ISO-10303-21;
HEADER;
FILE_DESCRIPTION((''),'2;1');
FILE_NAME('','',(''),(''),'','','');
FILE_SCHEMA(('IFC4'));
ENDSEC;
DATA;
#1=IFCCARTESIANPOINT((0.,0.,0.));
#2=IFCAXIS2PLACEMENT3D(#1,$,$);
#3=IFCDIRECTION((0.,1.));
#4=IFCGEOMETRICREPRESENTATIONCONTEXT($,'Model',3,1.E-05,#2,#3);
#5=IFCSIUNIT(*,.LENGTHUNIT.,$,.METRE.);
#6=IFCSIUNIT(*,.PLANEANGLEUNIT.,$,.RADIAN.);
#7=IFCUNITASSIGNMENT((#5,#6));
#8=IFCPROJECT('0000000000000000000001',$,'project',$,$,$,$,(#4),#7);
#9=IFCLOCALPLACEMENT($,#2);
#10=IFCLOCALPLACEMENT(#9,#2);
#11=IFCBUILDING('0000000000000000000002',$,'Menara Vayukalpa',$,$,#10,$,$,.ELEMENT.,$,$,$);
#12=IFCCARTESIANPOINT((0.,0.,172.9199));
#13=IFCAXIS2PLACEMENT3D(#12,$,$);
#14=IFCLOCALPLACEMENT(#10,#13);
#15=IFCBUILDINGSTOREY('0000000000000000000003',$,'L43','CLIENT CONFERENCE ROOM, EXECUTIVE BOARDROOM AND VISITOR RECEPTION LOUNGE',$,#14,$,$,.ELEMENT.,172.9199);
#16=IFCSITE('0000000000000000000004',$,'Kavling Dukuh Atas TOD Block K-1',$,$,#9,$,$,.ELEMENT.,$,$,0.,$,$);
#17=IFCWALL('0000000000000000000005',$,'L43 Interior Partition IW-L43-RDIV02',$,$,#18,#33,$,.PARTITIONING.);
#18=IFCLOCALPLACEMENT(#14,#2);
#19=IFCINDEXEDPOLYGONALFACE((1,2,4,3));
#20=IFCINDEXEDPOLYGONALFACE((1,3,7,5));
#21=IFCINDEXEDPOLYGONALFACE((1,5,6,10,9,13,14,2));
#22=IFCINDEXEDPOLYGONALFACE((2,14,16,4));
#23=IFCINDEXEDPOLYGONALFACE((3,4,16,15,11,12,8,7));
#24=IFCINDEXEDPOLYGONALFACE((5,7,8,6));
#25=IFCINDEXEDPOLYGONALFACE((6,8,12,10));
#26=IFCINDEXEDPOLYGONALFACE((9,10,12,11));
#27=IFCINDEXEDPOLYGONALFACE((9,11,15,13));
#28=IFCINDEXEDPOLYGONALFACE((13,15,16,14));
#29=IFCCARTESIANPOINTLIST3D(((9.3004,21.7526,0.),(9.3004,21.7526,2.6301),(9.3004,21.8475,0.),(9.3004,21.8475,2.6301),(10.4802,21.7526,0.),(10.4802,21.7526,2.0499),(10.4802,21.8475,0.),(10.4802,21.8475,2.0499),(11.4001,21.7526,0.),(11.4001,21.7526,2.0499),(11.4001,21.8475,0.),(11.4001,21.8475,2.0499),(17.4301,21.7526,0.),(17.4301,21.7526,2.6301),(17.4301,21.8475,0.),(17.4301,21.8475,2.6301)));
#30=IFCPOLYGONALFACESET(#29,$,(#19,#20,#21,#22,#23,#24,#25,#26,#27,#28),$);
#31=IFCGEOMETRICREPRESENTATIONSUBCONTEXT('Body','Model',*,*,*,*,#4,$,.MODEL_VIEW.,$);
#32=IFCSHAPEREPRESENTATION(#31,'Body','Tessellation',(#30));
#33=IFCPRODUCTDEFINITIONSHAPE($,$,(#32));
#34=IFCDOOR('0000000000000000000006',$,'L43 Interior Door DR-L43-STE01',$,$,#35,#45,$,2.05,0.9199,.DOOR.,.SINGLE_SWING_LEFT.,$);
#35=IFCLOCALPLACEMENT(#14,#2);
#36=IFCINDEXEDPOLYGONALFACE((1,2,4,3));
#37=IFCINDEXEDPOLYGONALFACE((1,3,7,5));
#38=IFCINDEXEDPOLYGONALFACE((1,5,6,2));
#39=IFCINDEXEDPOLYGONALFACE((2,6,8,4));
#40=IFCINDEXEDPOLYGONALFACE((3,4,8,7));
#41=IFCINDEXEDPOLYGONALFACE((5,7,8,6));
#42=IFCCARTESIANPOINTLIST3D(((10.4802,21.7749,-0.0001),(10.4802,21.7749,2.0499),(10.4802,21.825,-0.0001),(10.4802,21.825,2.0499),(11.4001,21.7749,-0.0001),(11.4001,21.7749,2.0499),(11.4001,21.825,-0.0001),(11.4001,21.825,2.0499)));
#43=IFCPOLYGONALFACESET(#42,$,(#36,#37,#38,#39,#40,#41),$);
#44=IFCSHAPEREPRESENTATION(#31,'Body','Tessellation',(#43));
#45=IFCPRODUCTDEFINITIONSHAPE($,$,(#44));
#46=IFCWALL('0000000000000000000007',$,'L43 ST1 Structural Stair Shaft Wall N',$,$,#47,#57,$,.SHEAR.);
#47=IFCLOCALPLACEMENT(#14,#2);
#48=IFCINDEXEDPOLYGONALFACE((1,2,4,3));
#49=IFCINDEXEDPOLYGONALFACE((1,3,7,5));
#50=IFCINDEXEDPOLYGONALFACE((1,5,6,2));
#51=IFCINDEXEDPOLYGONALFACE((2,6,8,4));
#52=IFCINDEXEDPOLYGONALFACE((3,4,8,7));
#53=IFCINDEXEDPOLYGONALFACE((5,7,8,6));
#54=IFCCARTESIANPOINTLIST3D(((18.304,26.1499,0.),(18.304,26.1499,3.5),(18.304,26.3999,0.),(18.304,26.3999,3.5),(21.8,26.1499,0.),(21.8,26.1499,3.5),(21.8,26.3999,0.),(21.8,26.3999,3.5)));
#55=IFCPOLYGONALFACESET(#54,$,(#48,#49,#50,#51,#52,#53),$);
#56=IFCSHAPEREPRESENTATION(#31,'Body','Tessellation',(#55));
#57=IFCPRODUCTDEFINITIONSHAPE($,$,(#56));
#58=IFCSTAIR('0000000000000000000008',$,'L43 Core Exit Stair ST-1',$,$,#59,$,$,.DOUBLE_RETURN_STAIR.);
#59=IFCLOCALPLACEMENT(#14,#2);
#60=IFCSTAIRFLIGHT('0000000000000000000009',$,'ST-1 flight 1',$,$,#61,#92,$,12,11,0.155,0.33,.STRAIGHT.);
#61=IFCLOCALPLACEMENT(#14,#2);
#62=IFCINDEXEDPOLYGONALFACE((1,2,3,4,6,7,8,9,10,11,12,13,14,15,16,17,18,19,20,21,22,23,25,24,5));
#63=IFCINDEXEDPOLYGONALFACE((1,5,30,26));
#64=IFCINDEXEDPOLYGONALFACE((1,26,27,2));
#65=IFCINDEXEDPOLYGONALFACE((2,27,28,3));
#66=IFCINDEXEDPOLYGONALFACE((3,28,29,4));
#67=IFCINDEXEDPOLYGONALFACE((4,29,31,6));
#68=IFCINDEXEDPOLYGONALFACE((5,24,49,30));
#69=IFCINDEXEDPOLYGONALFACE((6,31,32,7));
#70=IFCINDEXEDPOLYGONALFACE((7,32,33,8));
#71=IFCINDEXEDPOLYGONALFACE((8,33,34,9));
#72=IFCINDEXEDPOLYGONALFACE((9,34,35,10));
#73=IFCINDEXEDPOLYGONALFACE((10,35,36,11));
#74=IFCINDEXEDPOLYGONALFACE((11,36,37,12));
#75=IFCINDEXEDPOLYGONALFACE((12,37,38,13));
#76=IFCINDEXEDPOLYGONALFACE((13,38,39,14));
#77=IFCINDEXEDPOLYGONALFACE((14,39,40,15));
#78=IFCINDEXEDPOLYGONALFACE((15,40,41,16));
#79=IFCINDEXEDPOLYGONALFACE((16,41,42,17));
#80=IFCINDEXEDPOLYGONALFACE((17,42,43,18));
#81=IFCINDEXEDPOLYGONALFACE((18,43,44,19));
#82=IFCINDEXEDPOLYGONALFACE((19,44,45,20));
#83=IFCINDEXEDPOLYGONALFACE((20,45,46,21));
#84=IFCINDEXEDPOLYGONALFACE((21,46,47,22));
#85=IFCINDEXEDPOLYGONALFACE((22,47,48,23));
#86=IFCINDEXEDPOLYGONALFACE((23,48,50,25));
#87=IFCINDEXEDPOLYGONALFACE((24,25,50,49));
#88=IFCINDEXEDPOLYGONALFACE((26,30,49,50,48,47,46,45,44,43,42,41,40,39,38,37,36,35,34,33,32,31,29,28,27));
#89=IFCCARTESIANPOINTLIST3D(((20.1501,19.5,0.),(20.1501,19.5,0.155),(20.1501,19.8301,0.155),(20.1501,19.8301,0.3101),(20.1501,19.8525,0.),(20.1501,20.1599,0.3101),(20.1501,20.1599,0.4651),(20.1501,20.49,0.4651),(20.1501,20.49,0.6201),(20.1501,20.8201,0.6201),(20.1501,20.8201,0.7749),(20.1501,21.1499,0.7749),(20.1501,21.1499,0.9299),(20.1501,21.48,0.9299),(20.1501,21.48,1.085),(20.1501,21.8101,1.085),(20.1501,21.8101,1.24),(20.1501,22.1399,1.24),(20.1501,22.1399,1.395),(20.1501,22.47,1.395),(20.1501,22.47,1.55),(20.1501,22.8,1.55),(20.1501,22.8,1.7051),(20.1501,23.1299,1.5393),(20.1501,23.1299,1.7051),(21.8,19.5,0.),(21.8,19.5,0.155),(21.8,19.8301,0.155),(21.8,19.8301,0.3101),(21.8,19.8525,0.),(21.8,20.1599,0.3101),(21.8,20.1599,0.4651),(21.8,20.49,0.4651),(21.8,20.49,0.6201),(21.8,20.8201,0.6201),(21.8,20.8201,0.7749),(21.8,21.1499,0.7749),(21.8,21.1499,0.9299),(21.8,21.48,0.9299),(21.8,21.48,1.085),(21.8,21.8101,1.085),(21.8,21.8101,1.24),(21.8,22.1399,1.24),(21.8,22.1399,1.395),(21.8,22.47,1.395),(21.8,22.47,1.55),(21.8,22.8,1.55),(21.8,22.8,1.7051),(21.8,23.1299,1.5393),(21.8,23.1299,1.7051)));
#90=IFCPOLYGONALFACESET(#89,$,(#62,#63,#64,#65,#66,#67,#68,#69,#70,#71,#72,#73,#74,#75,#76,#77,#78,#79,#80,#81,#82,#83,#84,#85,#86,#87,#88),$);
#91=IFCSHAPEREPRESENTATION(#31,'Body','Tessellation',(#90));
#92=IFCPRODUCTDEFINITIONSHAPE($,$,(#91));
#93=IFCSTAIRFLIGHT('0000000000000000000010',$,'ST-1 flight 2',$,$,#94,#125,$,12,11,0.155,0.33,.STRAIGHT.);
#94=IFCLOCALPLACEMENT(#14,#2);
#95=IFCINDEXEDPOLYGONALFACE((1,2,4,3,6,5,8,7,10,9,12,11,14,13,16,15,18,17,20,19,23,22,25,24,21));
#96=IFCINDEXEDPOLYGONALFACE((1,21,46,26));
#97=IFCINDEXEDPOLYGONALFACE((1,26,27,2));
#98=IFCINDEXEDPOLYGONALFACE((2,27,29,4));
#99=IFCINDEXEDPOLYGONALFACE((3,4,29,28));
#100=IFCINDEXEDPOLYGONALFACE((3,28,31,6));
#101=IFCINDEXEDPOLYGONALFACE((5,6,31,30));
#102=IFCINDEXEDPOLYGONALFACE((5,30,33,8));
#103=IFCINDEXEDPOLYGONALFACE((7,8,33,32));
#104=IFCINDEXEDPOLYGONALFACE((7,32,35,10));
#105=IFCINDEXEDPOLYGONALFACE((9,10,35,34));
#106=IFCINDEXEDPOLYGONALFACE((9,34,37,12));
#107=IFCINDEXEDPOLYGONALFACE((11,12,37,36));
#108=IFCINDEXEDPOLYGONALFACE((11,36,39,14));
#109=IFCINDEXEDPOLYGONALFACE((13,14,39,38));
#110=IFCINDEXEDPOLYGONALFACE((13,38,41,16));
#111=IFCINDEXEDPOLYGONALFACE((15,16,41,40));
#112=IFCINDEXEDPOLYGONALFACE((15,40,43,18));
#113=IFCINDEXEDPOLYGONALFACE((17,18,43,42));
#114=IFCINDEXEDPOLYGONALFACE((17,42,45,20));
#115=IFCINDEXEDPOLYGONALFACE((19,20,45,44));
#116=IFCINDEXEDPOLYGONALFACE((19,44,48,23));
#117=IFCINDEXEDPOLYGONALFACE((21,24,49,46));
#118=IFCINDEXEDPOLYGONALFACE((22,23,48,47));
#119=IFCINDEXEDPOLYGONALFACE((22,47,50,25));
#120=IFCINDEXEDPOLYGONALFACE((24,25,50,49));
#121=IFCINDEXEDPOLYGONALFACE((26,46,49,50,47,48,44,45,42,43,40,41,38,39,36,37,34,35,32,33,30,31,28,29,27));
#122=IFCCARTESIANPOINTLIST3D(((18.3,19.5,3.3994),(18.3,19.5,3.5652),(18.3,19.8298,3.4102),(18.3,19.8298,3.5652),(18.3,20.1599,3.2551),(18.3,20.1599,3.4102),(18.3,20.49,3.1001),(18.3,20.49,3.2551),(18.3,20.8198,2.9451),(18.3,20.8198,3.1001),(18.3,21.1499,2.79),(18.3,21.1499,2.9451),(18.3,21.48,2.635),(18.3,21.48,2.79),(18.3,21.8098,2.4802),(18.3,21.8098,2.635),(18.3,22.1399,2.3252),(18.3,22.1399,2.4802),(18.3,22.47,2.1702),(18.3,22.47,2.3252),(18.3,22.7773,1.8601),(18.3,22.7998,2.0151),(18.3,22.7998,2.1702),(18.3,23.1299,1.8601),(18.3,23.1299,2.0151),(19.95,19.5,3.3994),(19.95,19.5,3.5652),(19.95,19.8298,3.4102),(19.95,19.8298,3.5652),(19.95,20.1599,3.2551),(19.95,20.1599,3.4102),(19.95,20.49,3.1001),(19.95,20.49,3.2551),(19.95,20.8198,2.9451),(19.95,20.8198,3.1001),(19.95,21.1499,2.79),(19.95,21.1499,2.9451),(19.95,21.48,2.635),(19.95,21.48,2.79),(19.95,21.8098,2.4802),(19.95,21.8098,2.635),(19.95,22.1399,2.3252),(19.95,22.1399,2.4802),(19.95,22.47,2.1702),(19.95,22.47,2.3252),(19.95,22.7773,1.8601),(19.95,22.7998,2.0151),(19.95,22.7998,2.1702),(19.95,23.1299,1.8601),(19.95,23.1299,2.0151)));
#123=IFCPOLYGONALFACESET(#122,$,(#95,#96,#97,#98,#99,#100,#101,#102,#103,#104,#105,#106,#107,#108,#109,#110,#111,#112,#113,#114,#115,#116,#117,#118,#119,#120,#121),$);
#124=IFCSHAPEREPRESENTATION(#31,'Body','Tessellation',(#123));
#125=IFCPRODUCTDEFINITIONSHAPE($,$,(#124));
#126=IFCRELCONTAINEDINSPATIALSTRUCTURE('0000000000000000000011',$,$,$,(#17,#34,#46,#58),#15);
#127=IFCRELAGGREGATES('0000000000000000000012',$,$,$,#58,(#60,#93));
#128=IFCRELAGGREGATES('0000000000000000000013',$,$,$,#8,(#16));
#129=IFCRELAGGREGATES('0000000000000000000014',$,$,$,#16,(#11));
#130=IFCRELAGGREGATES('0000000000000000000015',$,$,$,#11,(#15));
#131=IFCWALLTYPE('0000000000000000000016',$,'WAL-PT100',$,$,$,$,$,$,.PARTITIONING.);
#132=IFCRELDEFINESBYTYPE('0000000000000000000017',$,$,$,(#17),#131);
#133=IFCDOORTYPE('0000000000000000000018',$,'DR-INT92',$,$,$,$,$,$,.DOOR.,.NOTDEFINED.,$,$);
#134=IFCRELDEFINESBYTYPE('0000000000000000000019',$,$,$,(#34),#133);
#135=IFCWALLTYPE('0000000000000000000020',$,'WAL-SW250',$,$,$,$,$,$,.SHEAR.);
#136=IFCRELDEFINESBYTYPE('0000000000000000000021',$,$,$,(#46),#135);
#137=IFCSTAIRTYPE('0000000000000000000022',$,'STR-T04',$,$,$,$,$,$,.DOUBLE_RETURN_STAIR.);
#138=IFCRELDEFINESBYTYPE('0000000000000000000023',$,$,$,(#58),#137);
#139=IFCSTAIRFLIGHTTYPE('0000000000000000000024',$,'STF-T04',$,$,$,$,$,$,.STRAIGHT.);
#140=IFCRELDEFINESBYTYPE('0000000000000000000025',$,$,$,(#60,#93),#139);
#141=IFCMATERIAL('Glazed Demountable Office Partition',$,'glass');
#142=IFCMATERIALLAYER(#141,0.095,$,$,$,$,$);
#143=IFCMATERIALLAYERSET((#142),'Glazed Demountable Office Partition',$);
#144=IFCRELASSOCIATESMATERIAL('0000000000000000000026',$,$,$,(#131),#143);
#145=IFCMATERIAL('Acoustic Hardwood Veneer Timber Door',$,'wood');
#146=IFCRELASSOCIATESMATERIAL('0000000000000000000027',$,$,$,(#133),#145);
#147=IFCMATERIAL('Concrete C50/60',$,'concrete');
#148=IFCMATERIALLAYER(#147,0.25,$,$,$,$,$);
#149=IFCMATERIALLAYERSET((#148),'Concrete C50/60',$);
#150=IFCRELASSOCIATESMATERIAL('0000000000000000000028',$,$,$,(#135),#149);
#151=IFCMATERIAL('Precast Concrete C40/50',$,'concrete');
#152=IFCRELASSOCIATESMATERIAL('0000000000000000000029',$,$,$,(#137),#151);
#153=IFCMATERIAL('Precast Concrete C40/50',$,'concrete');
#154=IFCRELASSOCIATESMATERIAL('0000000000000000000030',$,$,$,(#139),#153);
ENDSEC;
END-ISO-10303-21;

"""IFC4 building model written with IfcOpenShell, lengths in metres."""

from ifc_helpers import new_model, si_unit, direction, frame, frame_2d, origin, place, context, subcontext, project, spatial, polyline, rectangle, outline, extrude, material, layer, layer_set, type_object, element, fill, aggregate, save


model = new_model("IFC4")

# Units and contexts
model_context = context("Model", 3, precision=1e-05, world=origin(), true_north=direction((0.0, 1.0)))
body_context = subcontext(model_context, "Body", "Model", "MODEL_VIEW")
ifc_project = project(units=[si_unit("LENGTHUNIT", "METRE"), si_unit("PLANEANGLEUNIT", "RADIAN")], contexts=[model_context])

# Site, building, storey
site_placement = place(None, origin())
site = spatial("IfcSite", under=ifc_project, at=site_placement, Name="Kavling Dukuh Atas TOD Block K-1", CompositionType="ELEMENT", RefElevation=0.0)
building_placement = place(site_placement, origin())
building = spatial("IfcBuilding", under=site, at=building_placement, Name="Menara Vayukalpa", CompositionType="ELEMENT")
storey_placement = place(building_placement, frame((0.0, 0.0, 172.9199)))
storey = spatial("IfcBuildingStorey", under=building, at=storey_placement, Name="L43", Description="CLIENT CONFERENCE ROOM, EXECUTIVE BOARDROOM AND VISITOR RECEPTION LOUNGE", CompositionType="ELEMENT", Elevation=172.9199)

# Wall, opening, door
ifc_material_1 = material(Name="Glazed Demountable Office Partition", Category="glass")
ifc_layer_1 = layer(ifc_material_1, 0.095)
ifc_layer_set_1 = layer_set([ifc_layer_1], Name="Glazed Demountable Office Partition")
wall_type_1 = type_object("IfcWallType", Name="WAL-PT100", PredefinedType="PARTITIONING", material=ifc_layer_set_1)
wall_1_placement = place(storey_placement, frame((9.3003, 21.8, 0.0), z_axis=(0.0, 0.0, 1.0), x_axis=(1.0, 0.0, 0.0)))
wall_1 = element("IfcWall", 1, at=wall_1_placement, inside=storey, type_object=wall_type_1, Name="L43 Interior Partition IW-L43-RDIV02", PredefinedType="PARTITIONING", context=body_context, shape_type="SweptSolid", body=[
    extrude(rectangle(XDim=8.1296, YDim=0.095, at=frame_2d((4.0649, 0.0))), origin(), (0.0, 0.0, 1.0), 2.6301),
])
opening_1_placement = place(wall_1_placement, frame((1.1799, 0.0, 0.0)))
opening_1 = element("IfcOpeningElement", 2, at=opening_1_placement, cuts=wall_1, PredefinedType="OPENING", context=body_context, shape_type="SweptSolid", body=[
    extrude(rectangle(XDim=0.9199, YDim=2.05, at=frame_2d((0.46, 1.0249))), frame((0.0, 0.0574, 0.0), z_axis=(0.0, -1.0, 0.0), x_axis=(1.0, 0.0, 0.0)), (0.0, 0.0, 1.0), 0.115),
])
ifc_material_2 = material(Name="Acoustic Hardwood Veneer Timber Door", Category="wood")
door_type_1 = type_object("IfcDoorType", Name="DR-INT92", OperationType="NOTDEFINED", PredefinedType="DOOR", material=ifc_material_2)
door_1_placement = place(opening_1_placement, origin())
door_1 = element("IfcDoor", 3, at=door_1_placement, inside=storey, type_object=door_type_1, Name="L43 Interior Door DR-L43-STE01", OperationType="SINGLE_SWING_LEFT", OverallHeight=2.05, OverallWidth=0.9199, PredefinedType="DOOR", context=body_context, shape_type="SweptSolid", body=[
    extrude(rectangle(XDim=0.9199, YDim=2.05, at=frame_2d((0.46, 1.0249))), frame((0.0, 0.0249, 0.0), z_axis=(0.0, -1.0, 0.0), x_axis=(1.0, 0.0, 0.0)), (0.0, 0.0, 1.0), 0.05),
])
fill(opening_1, door_1)

# Wall
ifc_material_3 = material(Name="Concrete C50/60", Category="concrete")
ifc_layer_2 = layer(ifc_material_3, 0.25)
ifc_layer_set_2 = layer_set([ifc_layer_2], Name="Concrete C50/60")
wall_type_2 = type_object("IfcWallType", Name="WAL-SW250", PredefinedType="SHEAR", material=ifc_layer_set_2)
wall_2_placement = place(storey_placement, frame((18.304, 26.2749, 0.0), z_axis=(0.0, 0.0, 1.0), x_axis=(1.0, 0.0, 0.0)))
element("IfcWall", 4, at=wall_2_placement, inside=storey, type_object=wall_type_2, Name="L43 ST1 Structural Stair Shaft Wall N", PredefinedType="SHEAR", context=body_context, shape_type="SweptSolid", body=[
    extrude(rectangle(XDim=3.4961, YDim=0.25, at=frame_2d((1.748, 0.0))), origin(), (0.0, 0.0, 1.0), 3.5),
])

# Stair, stair flights
ifc_material_4 = material(Name="Precast Concrete C40/50", Category="concrete")
stair_type = type_object("IfcStairType", Name="STR-T04", PredefinedType="DOUBLE_RETURN_STAIR", material=ifc_material_4)
stair_placement = place(storey_placement, origin())
stair = element("IfcStair", 5, at=stair_placement, inside=storey, type_object=stair_type, Name="L43 Core Exit Stair ST-1", PredefinedType="DOUBLE_RETURN_STAIR")
ifc_material_5 = material(Name="Precast Concrete C40/50", Category="concrete")
stair_flight_type = type_object("IfcStairFlightType", Name="STF-T04", PredefinedType="STRAIGHT", material=ifc_material_5)
stair_flight_1_placement = place(storey_placement, frame((20.9751, 19.5, 0.0), z_axis=(0.0, 0.0, 1.0), x_axis=(0.0, 1.0, 0.0)))
stair_flight_1 = element("IfcStairFlight", 6, at=stair_flight_1_placement, type_object=stair_flight_type, Name="ST-1 flight 1", NumberOfRisers=12, NumberOfTreads=11, PredefinedType="STRAIGHT", RiserHeight=0.155, TreadLength=0.33, context=body_context, shape_type="SweptSolid", body=[
    extrude(outline(polyline([(0.0, 0.0), (0.0, 0.155), (0.3301, 0.155), (0.3301, 0.3101), (0.6599, 0.3101), (0.6599, 0.4651), (0.99, 0.4651), (0.99, 0.6201), (1.3201, 0.6201), (1.3201, 0.7749), (1.6499, 0.7749), (1.6499, 0.9299), (1.98, 0.9299), (1.98, 1.085), (2.3101, 1.085), (2.3101, 1.24), (2.6399, 1.24), (2.6399, 1.395), (2.97, 1.395), (2.97, 1.55), (3.3, 1.55), (3.3, 1.7051), (3.6299, 1.7051), (3.6299, 1.8601), (3.6299, 1.5393), (0.3525, 0.0), (0.0, 0.0)])), frame((0.0, 0.825, 0.0), z_axis=(0.0, -1.0, 0.0), x_axis=(1.0, 0.0, 0.0)), (0.0, 0.0, 1.0), 1.6499),
])
stair_flight_2_placement = place(storey_placement, frame((19.125, 23.1299, 1.8601), z_axis=(0.0, 0.0, 1.0), x_axis=(0.0, -1.0, 0.0)))
stair_flight_2 = element("IfcStairFlight", 7, at=stair_flight_2_placement, type_object=stair_flight_type, Name="ST-1 flight 2", NumberOfRisers=12, NumberOfTreads=11, PredefinedType="STRAIGHT", RiserHeight=0.155, TreadLength=0.33, context=body_context, shape_type="SweptSolid", body=[
    extrude(outline(polyline([(0.0, 0.0), (0.0, 0.155), (0.3301, 0.155), (0.3301, 0.3101), (0.6599, 0.3101), (0.6599, 0.4651), (0.99, 0.4651), (0.99, 0.6201), (1.3201, 0.6201), (1.3201, 0.7749), (1.6499, 0.7749), (1.6499, 0.9299), (1.98, 0.9299), (1.98, 1.085), (2.3101, 1.085), (2.3101, 1.24), (2.6399, 1.24), (2.6399, 1.395), (2.97, 1.395), (2.97, 1.55), (3.3, 1.55), (3.3, 1.7051), (3.6299, 1.7051), (3.6299, 1.8601), (3.6299, 1.5393), (0.3525, 0.0), (0.0, 0.0)])), frame((0.0, 0.825, 0.0), z_axis=(0.0, -1.0, 0.0), x_axis=(1.0, 0.0, 0.0)), (0.0, 0.0, 1.0), 1.6499),
])
aggregate(stair, [stair_flight_1, stair_flight_2])

save(model, "model.ifc")
